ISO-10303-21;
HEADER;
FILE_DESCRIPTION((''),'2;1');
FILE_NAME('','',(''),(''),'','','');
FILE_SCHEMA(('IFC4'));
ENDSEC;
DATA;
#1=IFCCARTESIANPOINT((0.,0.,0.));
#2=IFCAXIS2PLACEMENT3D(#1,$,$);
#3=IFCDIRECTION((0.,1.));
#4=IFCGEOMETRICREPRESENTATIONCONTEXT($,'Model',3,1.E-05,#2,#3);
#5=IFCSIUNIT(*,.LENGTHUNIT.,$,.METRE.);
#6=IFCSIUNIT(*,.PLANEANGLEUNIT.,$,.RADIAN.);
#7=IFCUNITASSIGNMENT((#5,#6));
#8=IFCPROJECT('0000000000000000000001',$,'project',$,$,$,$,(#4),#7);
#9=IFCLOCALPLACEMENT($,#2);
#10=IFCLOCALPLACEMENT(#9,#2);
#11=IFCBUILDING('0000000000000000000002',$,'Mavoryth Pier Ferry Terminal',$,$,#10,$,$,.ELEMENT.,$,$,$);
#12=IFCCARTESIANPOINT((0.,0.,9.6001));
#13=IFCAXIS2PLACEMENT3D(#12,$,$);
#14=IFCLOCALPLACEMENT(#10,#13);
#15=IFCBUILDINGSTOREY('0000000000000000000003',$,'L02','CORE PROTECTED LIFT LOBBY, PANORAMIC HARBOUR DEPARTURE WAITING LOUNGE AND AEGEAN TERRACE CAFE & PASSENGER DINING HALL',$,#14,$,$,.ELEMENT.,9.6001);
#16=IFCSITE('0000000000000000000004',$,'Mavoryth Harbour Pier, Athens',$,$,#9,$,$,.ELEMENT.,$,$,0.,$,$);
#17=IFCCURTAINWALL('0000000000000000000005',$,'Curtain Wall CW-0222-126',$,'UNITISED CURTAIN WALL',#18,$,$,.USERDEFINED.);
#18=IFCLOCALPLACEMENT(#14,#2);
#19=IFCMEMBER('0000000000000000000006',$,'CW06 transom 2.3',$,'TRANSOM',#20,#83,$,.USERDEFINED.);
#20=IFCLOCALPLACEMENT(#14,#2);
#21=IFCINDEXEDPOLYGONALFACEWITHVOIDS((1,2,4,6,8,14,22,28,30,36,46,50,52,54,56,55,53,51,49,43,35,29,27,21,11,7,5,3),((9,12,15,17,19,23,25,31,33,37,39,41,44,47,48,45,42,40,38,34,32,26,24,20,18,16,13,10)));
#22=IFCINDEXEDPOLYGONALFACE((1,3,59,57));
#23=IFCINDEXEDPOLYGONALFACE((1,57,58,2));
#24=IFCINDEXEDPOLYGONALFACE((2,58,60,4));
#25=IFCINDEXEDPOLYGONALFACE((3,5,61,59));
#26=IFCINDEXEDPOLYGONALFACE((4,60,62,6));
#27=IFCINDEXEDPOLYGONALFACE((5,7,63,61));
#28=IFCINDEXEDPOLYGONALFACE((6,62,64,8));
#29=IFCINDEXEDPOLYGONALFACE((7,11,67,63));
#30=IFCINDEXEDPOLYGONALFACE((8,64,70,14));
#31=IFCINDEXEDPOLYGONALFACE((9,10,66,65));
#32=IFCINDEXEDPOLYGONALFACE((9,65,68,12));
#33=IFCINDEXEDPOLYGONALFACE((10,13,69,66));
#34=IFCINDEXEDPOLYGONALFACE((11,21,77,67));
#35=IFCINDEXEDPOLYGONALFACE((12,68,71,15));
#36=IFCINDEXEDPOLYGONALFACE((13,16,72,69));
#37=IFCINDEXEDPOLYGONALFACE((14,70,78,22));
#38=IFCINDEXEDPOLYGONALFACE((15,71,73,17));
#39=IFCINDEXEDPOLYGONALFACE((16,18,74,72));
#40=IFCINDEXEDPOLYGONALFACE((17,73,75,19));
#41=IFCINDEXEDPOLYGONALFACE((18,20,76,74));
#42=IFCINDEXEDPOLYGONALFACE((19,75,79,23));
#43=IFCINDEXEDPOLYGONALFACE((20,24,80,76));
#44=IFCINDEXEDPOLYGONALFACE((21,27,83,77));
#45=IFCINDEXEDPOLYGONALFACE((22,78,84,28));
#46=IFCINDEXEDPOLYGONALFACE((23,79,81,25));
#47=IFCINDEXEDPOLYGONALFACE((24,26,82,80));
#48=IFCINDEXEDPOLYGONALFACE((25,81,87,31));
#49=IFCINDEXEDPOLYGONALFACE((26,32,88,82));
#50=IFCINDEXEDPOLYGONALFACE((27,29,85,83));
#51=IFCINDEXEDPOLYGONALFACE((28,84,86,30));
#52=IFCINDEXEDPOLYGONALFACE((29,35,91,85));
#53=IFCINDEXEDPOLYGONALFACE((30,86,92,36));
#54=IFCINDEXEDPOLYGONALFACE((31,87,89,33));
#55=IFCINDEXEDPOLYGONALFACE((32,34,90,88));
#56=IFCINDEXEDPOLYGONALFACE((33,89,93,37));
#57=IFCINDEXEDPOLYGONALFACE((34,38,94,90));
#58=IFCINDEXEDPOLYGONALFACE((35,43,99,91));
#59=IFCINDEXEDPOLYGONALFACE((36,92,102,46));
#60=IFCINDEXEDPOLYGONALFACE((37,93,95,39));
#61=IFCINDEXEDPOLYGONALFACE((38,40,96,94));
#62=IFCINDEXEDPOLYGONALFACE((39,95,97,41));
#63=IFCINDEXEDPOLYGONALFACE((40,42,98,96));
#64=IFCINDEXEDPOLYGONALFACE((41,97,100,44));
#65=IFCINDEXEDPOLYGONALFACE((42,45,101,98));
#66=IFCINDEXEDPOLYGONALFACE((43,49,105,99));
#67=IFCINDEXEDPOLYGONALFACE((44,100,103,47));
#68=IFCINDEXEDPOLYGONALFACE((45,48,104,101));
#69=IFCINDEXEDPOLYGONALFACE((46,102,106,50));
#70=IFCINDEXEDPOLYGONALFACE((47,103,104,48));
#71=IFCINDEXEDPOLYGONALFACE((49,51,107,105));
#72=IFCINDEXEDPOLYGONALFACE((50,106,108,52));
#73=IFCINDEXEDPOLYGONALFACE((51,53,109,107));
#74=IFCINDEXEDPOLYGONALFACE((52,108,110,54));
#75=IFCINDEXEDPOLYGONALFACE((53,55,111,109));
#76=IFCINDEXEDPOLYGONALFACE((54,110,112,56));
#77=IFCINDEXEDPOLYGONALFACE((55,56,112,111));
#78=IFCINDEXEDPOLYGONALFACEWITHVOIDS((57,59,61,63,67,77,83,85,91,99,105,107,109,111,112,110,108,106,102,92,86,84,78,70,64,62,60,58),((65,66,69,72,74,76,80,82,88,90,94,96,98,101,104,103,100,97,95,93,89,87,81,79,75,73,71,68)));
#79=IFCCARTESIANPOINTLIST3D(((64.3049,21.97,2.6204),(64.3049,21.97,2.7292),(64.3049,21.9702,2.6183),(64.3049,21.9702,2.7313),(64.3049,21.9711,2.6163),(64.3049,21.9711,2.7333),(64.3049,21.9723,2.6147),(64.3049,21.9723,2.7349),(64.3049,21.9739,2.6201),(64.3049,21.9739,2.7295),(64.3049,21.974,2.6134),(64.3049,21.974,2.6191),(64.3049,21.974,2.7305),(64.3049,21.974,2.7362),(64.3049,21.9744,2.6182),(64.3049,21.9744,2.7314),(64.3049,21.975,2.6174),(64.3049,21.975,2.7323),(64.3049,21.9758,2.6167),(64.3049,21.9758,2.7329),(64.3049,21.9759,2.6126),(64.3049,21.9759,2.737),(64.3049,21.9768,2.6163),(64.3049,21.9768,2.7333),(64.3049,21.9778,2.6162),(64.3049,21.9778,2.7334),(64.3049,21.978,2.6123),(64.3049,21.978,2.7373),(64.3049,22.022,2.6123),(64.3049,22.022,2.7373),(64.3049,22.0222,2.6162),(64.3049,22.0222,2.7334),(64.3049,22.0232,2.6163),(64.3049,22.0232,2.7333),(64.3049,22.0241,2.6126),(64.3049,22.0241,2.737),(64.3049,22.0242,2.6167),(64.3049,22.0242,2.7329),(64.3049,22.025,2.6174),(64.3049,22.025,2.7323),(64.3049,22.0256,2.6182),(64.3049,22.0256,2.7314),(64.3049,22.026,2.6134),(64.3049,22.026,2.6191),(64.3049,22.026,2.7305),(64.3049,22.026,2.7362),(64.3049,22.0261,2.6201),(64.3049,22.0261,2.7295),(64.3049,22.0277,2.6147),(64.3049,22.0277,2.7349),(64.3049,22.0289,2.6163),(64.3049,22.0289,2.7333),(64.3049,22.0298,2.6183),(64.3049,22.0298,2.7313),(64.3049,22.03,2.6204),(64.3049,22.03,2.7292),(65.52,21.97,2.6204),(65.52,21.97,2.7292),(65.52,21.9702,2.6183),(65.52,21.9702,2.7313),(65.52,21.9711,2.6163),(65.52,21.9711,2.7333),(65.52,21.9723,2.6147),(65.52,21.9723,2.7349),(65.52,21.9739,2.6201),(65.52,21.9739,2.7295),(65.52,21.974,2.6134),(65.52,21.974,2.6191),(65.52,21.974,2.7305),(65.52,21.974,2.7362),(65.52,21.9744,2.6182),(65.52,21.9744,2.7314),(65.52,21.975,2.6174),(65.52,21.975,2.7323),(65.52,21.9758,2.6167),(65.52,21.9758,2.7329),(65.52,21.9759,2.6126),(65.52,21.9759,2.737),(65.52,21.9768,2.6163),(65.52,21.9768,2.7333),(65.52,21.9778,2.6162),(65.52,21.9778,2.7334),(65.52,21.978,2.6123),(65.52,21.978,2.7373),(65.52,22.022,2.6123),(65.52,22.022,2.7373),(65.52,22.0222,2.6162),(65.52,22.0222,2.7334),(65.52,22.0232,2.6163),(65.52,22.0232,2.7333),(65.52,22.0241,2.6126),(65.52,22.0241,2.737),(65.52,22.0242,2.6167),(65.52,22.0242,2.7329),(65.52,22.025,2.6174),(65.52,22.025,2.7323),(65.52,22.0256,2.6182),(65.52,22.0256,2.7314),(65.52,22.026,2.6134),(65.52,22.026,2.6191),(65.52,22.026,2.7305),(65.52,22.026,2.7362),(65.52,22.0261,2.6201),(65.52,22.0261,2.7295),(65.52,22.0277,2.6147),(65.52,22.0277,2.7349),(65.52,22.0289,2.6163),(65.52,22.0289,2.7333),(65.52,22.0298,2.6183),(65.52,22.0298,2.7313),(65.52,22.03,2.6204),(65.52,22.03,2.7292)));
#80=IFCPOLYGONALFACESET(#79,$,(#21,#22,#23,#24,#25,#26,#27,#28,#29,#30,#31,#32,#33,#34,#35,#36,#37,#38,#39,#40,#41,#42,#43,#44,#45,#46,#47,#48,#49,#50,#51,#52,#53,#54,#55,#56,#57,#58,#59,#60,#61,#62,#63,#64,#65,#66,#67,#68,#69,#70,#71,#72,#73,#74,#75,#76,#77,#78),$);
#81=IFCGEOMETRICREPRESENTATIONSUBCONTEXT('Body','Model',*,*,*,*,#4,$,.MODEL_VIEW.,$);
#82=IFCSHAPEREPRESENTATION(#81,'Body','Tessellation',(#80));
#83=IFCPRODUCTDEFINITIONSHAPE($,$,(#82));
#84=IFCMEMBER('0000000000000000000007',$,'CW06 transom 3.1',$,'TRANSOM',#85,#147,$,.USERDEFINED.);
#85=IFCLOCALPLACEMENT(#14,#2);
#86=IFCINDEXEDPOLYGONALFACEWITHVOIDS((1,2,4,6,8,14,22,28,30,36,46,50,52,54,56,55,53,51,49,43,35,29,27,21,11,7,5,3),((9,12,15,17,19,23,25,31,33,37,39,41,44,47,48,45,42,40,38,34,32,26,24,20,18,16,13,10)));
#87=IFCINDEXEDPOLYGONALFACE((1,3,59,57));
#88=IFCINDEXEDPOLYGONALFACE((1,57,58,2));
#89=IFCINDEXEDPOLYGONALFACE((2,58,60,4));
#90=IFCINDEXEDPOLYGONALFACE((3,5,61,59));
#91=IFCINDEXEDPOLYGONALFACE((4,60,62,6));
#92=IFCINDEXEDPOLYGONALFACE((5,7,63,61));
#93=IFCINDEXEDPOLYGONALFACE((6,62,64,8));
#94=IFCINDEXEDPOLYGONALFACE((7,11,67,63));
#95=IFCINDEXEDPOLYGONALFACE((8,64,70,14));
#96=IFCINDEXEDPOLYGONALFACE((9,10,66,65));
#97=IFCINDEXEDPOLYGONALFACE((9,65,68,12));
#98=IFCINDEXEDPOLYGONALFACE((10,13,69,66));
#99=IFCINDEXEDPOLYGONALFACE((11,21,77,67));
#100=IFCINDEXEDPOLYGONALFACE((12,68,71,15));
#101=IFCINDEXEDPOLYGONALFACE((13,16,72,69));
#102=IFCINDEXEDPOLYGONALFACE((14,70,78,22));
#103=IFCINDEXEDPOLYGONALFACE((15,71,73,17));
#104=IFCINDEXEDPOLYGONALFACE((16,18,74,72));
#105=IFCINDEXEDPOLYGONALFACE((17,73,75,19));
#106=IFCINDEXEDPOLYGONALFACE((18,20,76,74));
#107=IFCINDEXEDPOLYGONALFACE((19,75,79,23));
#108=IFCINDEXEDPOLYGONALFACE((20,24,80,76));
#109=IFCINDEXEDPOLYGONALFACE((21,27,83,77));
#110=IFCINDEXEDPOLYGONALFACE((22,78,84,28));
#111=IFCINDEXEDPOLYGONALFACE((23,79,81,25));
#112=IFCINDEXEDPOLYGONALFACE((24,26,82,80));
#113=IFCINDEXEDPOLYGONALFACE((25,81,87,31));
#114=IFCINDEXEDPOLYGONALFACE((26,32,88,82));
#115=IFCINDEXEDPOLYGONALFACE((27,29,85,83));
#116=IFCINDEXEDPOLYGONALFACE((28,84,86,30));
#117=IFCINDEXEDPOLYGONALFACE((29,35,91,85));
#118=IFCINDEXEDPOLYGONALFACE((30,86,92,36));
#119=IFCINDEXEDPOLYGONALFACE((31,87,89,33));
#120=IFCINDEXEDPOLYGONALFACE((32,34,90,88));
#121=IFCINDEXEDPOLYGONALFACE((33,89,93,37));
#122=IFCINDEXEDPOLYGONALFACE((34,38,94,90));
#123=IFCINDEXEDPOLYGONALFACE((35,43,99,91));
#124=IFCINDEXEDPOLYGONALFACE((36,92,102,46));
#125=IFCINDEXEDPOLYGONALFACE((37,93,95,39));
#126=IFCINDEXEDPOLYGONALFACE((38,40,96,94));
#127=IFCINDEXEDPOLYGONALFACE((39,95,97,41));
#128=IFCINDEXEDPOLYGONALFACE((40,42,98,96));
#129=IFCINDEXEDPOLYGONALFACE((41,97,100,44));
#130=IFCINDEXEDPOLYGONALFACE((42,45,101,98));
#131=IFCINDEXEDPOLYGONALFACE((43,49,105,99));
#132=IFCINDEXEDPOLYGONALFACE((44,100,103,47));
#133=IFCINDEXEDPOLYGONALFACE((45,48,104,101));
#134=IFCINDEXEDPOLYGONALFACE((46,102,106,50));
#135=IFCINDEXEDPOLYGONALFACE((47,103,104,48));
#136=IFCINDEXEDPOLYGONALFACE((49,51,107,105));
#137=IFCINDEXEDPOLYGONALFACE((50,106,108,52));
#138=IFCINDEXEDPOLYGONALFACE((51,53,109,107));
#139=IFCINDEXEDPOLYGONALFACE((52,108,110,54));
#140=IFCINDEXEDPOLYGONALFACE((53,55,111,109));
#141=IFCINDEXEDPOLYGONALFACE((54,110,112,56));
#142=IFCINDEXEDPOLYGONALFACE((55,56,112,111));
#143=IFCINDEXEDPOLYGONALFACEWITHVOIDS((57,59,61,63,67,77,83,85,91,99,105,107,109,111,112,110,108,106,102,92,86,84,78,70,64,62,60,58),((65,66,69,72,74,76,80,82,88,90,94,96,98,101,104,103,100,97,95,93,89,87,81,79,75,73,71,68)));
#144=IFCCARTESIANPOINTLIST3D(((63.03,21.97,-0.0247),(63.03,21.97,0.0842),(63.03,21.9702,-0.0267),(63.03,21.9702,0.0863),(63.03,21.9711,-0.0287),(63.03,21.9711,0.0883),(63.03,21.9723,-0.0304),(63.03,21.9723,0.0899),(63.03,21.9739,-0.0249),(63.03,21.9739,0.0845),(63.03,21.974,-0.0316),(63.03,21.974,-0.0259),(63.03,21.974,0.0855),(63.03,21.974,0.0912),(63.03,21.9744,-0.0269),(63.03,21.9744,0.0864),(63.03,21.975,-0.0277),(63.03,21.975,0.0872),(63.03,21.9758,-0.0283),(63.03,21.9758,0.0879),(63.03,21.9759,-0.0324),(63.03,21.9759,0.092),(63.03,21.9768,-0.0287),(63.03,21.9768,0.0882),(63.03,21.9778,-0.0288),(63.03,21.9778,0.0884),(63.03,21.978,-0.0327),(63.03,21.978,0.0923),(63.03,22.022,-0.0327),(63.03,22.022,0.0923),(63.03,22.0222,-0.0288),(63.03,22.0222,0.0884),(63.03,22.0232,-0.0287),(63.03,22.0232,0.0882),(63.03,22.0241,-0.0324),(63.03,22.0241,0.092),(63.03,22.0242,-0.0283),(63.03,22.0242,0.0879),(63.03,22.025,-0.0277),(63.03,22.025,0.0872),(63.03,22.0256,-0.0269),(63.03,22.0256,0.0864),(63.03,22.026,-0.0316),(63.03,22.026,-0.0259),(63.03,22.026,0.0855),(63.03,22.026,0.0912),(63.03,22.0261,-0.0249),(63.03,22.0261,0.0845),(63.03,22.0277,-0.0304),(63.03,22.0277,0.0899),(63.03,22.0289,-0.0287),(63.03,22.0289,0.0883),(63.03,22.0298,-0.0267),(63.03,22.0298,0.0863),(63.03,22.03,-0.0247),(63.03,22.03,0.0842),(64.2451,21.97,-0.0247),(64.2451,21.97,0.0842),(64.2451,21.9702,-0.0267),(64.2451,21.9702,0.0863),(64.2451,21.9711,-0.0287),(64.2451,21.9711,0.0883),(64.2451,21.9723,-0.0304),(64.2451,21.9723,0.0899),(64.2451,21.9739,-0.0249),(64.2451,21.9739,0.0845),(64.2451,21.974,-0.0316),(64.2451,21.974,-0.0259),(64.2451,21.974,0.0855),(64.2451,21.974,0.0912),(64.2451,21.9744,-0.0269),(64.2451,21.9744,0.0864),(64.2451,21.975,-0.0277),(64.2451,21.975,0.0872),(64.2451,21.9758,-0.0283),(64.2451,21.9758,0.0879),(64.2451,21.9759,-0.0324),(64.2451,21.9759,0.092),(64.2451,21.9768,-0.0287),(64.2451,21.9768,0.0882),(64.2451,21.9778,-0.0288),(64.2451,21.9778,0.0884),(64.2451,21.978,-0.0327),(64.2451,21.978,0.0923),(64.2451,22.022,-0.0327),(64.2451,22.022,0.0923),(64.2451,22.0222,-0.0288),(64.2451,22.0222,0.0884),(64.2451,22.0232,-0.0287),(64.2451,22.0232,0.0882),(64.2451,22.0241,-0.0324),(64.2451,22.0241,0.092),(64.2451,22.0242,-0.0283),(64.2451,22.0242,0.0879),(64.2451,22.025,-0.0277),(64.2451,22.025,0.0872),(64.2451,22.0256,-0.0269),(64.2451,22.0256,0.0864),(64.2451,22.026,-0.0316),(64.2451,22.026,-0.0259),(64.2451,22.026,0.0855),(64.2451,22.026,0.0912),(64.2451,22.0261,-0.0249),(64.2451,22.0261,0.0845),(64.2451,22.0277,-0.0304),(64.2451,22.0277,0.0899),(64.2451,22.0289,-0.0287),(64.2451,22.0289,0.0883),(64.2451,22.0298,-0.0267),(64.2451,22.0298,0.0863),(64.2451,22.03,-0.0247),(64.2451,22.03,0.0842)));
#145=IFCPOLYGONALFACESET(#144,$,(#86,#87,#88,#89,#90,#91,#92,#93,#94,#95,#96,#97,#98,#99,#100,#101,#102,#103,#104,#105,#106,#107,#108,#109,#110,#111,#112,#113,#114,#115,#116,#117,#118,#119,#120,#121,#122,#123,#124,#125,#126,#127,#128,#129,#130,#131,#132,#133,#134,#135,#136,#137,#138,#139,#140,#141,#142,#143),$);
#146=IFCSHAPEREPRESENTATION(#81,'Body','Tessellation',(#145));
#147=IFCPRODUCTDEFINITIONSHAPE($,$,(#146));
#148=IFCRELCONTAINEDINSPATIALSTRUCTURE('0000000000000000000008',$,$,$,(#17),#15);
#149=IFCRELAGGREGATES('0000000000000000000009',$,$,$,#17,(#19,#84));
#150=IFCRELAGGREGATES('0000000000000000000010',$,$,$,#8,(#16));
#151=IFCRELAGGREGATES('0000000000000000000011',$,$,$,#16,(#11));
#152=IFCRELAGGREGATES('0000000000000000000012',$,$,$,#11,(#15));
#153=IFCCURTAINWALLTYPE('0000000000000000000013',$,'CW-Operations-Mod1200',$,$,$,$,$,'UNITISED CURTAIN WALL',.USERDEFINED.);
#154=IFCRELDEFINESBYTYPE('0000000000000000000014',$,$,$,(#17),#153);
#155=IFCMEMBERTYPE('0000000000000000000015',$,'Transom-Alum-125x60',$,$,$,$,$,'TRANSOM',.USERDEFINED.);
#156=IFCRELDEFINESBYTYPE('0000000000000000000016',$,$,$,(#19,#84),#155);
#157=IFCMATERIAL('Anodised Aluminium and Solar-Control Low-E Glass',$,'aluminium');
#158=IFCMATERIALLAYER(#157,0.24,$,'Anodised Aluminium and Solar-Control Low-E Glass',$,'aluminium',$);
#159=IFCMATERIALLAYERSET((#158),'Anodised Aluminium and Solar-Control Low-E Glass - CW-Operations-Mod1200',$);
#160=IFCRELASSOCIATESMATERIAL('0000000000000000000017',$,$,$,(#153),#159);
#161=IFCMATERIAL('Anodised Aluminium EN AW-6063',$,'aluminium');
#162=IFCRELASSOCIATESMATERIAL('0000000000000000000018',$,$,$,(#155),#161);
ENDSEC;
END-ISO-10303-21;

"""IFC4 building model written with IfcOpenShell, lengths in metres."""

from ifc_helpers import new_model, si_unit, direction, frame, origin, origin_2d, place, context, subcontext, project, spatial, hollow_rectangle, extrude, material, layer, layer_set, material_profile, profile_set, type_object, element, aggregate, save


model = new_model("IFC4")

# Units and contexts
model_context = context("Model", 3, precision=1e-05, world=origin(), true_north=direction((0.0, 1.0)))
body_context = subcontext(model_context, "Body", "Model", "MODEL_VIEW")
ifc_project = project(units=[si_unit("LENGTHUNIT", "METRE"), si_unit("PLANEANGLEUNIT", "RADIAN")], contexts=[model_context])

# Site, building, storey
site_placement = place(None, origin())
site = spatial("IfcSite", under=ifc_project, at=site_placement, Name="Mavoryth Harbour Pier, Athens", CompositionType="ELEMENT", RefElevation=0.0)
building_placement = place(site_placement, origin())
building = spatial("IfcBuilding", under=site, at=building_placement, Name="Mavoryth Pier Ferry Terminal", CompositionType="ELEMENT")
storey_placement = place(building_placement, frame((0.0, 0.0, 9.6001)))
storey = spatial("IfcBuildingStorey", under=building, at=storey_placement, Name="L02", Description="CORE PROTECTED LIFT LOBBY, PANORAMIC HARBOUR DEPARTURE WAITING LOUNGE AND AEGEAN TERRACE CAFE & PASSENGER DINING HALL", CompositionType="ELEMENT", Elevation=9.6001)

# Curtain wall, members
ifc_material_1 = material(Name="Anodised Aluminium and Solar-Control Low-E Glass", Category="aluminium")
ifc_layer_1 = layer(ifc_material_1, 0.24, Name="Anodised Aluminium and Solar-Control Low-E Glass", Category="aluminium")
ifc_layer_set_1 = layer_set([ifc_layer_1], Name="Anodised Aluminium and Solar-Control Low-E Glass - CW-Operations-Mod1200")
curtain_wall_type = type_object("IfcCurtainWallType", Name="CW-Operations-Mod1200", ElementType="UNITISED CURTAIN WALL", PredefinedType="USERDEFINED", material=ifc_layer_set_1)
curtain_wall_placement = place(storey_placement, origin())
curtain_wall = element("IfcCurtainWall", 1, at=curtain_wall_placement, inside=storey, type_object=curtain_wall_type, Name="Curtain Wall CW-0222-126", ObjectType="UNITISED CURTAIN WALL", PredefinedType="USERDEFINED")
ifc_material_2 = material(Name="Anodised Aluminium EN AW-6063", Category="aluminium")
ifc_material_profile_1 = material_profile(ifc_material_2, hollow_rectangle(XDim=0.0601, YDim=0.125, WallThickness=0.0039, InnerFilletRadius=0.0039, OuterFilletRadius=0.0081, at=origin_2d()), Name="AL-TRAN 125x60x4", Category="aluminium")
ifc_profile_set_1 = profile_set([ifc_material_profile_1], Name="Anodised Aluminium EN AW-6063 - AL-TRAN 125x60x4")
member_type_1 = type_object("IfcMemberType", Name="Transom-Alum-125x60", ElementType="TRANSOM", PredefinedType="USERDEFINED", material=ifc_profile_set_1)
member_1_placement = place(storey_placement, frame((65.52, 22.0, 2.6748), z_axis=(-1.0, 0.0, 0.0), x_axis=(0.0, -1.0, 0.0)))
member_1 = element("IfcMember", 2, at=member_1_placement, type_object=member_type_1, Name="CW06 transom 2.3", ObjectType="TRANSOM", PredefinedType="USERDEFINED", context=body_context, shape_type="SweptSolid", body=[
    extrude(hollow_rectangle(XDim=0.0601, YDim=0.125, WallThickness=0.0039, InnerFilletRadius=0.0039, OuterFilletRadius=0.0081, at=origin_2d()), origin(), (0.0, 0.0, 1.0), 1.2151),
])
member_2_placement = place(storey_placement, frame((64.2451, 22.0, 0.0298), z_axis=(-1.0, 0.0, 0.0), x_axis=(0.0, -1.0, 0.0)))
member_2 = element("IfcMember", 3, at=member_2_placement, type_object=member_type_1, Name="CW06 transom 3.1", ObjectType="TRANSOM", PredefinedType="USERDEFINED", context=body_context, shape_type="SweptSolid", body=[
    extrude(hollow_rectangle(XDim=0.0601, YDim=0.125, WallThickness=0.0039, InnerFilletRadius=0.0039, OuterFilletRadius=0.0081, at=origin_2d()), origin(), (0.0, 0.0, 1.0), 1.2151),
])
aggregate(curtain_wall, [member_1, member_2])

save(model, "model.ifc")
